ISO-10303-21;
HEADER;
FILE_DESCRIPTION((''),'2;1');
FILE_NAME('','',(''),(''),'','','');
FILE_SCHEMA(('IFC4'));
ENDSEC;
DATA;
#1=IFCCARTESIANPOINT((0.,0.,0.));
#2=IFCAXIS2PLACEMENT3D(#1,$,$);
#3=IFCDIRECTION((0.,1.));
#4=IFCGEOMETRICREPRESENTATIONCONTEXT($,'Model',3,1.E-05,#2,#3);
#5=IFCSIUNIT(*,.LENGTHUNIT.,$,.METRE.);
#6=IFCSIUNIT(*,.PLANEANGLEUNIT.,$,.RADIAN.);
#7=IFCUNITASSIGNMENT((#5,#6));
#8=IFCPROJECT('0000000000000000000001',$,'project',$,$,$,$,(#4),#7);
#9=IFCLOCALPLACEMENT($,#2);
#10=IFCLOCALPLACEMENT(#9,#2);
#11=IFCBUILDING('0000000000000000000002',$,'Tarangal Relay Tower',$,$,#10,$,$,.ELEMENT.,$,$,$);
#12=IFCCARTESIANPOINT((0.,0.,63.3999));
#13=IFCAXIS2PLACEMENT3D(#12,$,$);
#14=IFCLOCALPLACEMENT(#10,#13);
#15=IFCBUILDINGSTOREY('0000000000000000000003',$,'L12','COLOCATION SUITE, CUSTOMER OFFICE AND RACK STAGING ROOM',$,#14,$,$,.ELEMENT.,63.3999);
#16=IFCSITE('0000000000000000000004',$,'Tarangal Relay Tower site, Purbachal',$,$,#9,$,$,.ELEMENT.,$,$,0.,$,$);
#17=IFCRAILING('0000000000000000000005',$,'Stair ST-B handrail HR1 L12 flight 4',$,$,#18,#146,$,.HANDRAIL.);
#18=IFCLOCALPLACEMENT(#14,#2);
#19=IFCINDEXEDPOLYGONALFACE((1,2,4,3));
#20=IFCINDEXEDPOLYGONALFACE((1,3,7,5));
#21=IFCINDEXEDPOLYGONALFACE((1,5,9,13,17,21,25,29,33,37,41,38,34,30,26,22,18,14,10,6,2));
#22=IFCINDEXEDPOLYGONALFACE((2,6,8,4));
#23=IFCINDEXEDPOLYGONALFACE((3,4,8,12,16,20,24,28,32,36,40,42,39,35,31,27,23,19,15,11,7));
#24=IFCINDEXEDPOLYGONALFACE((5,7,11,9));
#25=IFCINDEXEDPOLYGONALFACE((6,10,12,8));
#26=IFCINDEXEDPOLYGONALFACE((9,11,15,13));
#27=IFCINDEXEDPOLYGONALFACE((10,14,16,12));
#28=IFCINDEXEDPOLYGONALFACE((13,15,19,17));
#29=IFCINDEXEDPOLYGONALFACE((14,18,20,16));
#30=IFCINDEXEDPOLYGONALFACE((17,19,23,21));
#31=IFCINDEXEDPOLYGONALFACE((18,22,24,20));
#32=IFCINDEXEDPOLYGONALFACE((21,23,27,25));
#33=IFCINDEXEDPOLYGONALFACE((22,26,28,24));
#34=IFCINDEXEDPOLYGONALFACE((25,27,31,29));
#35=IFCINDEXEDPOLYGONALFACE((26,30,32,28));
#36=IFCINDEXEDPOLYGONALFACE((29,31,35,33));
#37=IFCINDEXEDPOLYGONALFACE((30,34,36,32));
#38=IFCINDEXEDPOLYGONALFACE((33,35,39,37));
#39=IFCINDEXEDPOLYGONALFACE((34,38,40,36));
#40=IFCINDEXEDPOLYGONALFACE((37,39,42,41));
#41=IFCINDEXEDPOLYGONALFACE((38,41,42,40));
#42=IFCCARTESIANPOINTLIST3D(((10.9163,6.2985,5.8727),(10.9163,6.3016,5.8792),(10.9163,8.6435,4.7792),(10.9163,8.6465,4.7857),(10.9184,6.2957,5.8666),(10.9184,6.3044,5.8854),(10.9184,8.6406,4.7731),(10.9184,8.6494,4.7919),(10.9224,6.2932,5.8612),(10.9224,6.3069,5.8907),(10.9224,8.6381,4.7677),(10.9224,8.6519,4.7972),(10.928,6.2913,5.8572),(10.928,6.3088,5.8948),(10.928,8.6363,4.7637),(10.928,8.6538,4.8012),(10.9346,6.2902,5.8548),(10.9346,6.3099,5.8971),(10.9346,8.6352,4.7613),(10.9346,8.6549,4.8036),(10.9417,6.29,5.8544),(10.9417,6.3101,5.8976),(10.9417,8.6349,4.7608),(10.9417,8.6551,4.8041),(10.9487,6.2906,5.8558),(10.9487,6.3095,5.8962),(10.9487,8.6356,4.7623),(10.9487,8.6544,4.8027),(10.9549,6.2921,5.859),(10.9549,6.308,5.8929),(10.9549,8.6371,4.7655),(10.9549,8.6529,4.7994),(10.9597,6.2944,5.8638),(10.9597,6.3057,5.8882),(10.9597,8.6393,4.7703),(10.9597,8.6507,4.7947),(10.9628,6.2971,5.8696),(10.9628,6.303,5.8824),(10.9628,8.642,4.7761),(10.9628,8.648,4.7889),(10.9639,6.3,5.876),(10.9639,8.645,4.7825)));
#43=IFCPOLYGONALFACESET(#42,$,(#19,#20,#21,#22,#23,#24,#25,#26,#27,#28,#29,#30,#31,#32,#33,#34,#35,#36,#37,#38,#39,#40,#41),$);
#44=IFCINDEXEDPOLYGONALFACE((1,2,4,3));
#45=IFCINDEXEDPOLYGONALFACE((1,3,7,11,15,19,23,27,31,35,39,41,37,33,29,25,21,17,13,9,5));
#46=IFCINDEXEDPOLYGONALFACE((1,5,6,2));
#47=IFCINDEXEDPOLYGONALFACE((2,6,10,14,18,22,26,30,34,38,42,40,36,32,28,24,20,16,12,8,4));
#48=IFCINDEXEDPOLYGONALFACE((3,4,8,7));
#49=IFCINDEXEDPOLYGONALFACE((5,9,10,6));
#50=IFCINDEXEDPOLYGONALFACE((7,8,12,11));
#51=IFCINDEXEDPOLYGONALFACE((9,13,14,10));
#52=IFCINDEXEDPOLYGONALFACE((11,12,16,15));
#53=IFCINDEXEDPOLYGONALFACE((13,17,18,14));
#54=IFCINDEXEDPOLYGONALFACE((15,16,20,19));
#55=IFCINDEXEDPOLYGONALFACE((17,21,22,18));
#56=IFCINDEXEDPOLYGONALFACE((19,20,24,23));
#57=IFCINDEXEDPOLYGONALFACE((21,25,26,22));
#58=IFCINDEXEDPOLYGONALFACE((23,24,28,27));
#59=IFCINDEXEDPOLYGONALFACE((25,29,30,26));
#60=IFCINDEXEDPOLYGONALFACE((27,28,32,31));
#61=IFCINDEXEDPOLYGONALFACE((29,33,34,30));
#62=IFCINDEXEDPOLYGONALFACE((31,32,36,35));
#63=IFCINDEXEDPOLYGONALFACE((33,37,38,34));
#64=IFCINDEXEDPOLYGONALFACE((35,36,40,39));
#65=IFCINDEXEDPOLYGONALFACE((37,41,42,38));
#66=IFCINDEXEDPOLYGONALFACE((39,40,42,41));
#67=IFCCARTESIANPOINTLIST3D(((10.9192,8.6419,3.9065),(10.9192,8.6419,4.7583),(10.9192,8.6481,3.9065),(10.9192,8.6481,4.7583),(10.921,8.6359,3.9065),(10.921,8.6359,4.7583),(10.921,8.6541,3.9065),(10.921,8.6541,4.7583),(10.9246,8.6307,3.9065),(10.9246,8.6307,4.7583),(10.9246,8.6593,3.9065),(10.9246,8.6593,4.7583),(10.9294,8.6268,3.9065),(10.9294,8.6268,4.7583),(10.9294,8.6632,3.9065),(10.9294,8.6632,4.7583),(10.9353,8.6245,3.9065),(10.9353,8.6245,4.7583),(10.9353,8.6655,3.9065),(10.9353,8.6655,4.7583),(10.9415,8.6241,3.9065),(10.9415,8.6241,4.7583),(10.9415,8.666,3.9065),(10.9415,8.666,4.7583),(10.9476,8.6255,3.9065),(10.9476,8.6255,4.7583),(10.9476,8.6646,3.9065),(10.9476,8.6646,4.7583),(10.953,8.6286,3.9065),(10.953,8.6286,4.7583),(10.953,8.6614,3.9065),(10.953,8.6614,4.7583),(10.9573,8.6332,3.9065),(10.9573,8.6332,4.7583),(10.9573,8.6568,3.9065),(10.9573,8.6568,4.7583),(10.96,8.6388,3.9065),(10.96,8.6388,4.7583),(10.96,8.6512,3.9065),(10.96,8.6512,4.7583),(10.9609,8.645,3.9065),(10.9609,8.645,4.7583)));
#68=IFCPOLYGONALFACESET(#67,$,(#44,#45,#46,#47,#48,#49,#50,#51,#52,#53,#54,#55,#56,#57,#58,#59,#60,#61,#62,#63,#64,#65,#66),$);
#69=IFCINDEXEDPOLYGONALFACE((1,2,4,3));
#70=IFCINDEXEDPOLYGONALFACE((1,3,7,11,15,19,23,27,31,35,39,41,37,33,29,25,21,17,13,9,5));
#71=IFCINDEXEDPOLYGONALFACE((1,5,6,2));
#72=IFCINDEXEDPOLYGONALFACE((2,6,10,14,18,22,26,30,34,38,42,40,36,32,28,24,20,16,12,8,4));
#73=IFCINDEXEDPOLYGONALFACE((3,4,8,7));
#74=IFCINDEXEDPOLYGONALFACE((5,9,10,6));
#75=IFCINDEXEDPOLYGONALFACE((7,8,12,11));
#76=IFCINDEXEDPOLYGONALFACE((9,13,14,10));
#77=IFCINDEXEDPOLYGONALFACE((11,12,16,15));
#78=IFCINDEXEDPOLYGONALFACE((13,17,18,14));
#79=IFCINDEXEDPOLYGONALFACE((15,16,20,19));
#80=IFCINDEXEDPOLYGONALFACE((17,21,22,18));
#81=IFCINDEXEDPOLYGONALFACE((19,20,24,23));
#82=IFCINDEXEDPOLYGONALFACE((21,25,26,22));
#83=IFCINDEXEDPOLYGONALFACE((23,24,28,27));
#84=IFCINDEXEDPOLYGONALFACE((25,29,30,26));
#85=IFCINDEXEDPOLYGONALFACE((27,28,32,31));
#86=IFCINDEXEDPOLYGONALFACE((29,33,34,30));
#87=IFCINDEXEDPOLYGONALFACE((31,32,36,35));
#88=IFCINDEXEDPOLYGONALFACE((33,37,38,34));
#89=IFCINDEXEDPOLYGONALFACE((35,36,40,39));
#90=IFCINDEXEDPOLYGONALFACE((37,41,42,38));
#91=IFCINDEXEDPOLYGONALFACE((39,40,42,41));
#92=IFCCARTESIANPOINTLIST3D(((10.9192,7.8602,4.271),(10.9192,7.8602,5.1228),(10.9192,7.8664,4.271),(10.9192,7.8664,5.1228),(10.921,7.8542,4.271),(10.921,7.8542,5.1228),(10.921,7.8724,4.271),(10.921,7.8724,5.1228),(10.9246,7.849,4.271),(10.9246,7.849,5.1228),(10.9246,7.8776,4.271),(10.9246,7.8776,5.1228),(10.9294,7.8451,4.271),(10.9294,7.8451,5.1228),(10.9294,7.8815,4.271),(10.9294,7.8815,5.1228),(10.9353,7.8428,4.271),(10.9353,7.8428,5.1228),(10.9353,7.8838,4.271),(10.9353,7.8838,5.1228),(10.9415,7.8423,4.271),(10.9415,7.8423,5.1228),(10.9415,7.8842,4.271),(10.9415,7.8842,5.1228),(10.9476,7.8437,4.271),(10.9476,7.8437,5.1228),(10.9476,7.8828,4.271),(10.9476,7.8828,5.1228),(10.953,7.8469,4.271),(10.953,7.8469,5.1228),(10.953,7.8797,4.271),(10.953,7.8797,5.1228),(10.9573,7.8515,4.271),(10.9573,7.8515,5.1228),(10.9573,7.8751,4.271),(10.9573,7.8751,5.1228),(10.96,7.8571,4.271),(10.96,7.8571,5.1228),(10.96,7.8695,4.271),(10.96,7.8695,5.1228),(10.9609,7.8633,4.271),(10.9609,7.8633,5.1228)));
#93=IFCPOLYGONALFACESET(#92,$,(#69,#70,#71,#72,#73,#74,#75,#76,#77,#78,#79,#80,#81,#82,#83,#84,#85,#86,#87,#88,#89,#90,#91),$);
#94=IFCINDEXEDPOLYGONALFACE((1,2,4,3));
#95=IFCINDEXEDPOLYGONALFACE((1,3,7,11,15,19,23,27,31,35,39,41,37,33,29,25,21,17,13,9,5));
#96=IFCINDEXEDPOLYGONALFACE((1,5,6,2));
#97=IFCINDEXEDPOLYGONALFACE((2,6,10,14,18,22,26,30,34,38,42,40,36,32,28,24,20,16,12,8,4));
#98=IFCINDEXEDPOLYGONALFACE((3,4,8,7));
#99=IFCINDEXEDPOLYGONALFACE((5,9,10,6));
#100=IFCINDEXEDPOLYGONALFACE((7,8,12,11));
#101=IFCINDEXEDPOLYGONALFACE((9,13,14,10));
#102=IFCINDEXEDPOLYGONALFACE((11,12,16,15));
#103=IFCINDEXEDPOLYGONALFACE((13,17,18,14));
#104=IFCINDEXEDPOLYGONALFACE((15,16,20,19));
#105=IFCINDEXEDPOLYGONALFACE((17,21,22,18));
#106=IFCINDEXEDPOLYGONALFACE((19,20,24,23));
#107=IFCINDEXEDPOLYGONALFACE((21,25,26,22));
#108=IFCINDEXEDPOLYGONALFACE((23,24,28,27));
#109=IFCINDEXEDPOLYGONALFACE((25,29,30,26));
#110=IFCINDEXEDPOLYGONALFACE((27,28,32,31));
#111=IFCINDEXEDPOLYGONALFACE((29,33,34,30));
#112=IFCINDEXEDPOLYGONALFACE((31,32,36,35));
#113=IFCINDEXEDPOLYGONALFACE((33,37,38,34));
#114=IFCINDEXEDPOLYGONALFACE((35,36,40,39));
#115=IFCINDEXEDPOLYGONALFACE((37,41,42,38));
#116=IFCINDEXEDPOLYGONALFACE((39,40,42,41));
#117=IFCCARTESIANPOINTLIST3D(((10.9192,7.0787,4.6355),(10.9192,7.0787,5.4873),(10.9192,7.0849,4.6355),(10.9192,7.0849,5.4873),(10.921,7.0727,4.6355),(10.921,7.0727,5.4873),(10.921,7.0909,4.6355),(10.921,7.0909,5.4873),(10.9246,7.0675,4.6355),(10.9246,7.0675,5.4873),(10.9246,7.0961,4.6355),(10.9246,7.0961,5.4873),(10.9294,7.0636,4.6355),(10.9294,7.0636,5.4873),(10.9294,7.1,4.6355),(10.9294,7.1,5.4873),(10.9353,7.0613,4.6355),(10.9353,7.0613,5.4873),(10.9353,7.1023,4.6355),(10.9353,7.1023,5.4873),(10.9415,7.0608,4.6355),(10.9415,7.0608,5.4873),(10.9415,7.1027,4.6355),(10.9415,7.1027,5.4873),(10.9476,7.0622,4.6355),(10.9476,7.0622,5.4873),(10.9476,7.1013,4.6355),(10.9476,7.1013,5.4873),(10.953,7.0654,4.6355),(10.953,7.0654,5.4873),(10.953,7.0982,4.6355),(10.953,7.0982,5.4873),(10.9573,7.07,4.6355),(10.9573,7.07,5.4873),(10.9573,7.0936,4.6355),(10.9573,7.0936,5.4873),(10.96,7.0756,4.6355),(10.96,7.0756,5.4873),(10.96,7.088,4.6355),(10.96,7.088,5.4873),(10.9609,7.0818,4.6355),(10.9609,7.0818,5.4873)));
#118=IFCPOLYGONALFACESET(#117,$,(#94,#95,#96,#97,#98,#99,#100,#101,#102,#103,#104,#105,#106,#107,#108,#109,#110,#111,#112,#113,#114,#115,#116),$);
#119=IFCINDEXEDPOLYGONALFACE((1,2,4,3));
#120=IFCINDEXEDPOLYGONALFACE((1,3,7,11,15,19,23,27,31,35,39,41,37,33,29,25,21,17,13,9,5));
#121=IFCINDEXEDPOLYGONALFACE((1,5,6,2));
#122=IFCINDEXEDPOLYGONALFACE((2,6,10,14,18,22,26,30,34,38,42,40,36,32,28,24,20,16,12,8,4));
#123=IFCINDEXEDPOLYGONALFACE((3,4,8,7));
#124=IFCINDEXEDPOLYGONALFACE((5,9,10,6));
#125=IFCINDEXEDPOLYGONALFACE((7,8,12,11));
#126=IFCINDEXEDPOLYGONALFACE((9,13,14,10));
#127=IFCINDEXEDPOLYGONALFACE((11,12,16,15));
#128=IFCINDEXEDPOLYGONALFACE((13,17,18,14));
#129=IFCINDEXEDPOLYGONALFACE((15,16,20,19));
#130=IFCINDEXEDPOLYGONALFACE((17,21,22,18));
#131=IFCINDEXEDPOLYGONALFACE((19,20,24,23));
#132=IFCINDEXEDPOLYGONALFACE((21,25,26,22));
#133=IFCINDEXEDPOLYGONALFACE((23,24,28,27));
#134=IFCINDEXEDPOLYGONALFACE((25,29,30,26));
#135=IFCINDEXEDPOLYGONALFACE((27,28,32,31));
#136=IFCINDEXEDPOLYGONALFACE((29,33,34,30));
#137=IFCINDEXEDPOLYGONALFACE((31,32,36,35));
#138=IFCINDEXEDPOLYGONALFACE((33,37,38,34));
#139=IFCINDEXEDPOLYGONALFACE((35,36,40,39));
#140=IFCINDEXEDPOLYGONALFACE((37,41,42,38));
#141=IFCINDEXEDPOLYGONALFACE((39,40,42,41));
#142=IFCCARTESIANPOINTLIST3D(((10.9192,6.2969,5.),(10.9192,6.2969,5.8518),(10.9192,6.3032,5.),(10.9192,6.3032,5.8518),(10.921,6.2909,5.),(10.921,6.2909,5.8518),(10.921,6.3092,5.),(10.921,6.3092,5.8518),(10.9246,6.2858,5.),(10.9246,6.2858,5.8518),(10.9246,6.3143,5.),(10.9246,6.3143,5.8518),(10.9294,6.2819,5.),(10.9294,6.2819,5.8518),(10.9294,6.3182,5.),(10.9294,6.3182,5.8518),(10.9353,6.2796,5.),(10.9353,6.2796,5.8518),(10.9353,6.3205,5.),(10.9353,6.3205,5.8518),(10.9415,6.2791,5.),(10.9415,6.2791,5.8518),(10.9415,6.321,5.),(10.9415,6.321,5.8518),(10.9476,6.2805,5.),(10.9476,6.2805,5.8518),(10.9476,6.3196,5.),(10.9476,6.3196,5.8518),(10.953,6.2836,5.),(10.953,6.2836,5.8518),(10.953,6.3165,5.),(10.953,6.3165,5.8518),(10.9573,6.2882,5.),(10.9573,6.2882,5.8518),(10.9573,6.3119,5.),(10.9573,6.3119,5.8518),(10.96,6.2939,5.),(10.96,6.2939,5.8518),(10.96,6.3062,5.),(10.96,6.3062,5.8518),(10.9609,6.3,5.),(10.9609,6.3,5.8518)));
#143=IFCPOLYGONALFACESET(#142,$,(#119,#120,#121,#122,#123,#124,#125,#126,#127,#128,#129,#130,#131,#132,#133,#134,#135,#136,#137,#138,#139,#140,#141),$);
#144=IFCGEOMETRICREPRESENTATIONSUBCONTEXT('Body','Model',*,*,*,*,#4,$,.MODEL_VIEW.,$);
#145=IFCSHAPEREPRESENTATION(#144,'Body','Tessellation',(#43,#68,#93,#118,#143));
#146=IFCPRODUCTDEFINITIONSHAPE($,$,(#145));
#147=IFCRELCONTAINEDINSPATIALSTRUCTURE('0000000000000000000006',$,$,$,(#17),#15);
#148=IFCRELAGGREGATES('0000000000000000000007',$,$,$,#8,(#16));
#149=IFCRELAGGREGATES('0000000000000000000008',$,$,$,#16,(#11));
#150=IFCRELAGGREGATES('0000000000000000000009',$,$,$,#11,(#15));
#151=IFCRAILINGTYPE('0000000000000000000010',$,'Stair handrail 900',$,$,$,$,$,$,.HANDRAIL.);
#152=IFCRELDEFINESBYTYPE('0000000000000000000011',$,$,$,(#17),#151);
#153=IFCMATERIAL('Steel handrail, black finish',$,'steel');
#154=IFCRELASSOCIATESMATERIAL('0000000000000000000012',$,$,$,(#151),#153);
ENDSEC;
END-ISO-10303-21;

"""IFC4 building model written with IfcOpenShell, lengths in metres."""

from ifc_helpers import new_model, si_unit, direction, frame, origin, origin_2d, place, context, subcontext, project, spatial, circle, extrude, material, type_object, element, save


model = new_model("IFC4")

# Units and contexts
model_context = context("Model", 3, precision=1e-05, world=origin(), true_north=direction((0.0, 1.0)))
body_context = subcontext(model_context, "Body", "Model", "MODEL_VIEW")
ifc_project = project(units=[si_unit("LENGTHUNIT", "METRE"), si_unit("PLANEANGLEUNIT", "RADIAN")], contexts=[model_context])

# Site, building, storey
site_placement = place(None, origin())
site = spatial("IfcSite", under=ifc_project, at=site_placement, Name="Tarangal Relay Tower site, Purbachal", CompositionType="ELEMENT", RefElevation=0.0)
building_placement = place(site_placement, origin())
building = spatial("IfcBuilding", under=site, at=building_placement, Name="Tarangal Relay Tower", CompositionType="ELEMENT")
storey_placement = place(building_placement, frame((0.0, 0.0, 63.3999)))
storey = spatial("IfcBuildingStorey", under=building, at=storey_placement, Name="L12", Description="COLOCATION SUITE, CUSTOMER OFFICE AND RACK STAGING ROOM", CompositionType="ELEMENT", Elevation=63.3999)

# Railing
ifc_material_1 = material(Name="Steel handrail, black finish", Category="steel")
railing_type_1 = type_object("IfcRailingType", Name="Stair handrail 900", PredefinedType="HANDRAIL", material=ifc_material_1)
for number, where, name in (
    (1, (10.9399, 8.645, 3.9065), "Stair ST-B handrail HR1 L12 flight 4"),
):
    element("IfcRailing", number, at=place(storey_placement, frame(where)), inside=storey, type_object=railing_type_1, Name=name, PredefinedType="HANDRAIL", context=body_context, shape_type="SweptSolid", body=[
        extrude(circle(Radius=0.0239, at=origin_2d()), frame((0.0, 0.0, 0.876), z_axis=(0.0, -0.906304, 0.422627), x_axis=(1.0, 0.0, 0.0)), (0.0, 0.0, 1.0), 2.5874),
        extrude(circle(Radius=0.021, at=origin_2d()), origin(), (0.0, 0.0, 1.0), 0.8518),
        extrude(circle(Radius=0.021, at=origin_2d()), frame((0.0, -0.7817, 0.3645)), (0.0, 0.0, 1.0), 0.8518),
        extrude(circle(Radius=0.021, at=origin_2d()), frame((0.0, -1.5632, 0.729)), (0.0, 0.0, 1.0), 0.8518),
        extrude(circle(Radius=0.021, at=origin_2d()), frame((0.0, -2.345, 1.0935)), (0.0, 0.0, 1.0), 0.8518),
    ])

save(model, "model.ifc")
